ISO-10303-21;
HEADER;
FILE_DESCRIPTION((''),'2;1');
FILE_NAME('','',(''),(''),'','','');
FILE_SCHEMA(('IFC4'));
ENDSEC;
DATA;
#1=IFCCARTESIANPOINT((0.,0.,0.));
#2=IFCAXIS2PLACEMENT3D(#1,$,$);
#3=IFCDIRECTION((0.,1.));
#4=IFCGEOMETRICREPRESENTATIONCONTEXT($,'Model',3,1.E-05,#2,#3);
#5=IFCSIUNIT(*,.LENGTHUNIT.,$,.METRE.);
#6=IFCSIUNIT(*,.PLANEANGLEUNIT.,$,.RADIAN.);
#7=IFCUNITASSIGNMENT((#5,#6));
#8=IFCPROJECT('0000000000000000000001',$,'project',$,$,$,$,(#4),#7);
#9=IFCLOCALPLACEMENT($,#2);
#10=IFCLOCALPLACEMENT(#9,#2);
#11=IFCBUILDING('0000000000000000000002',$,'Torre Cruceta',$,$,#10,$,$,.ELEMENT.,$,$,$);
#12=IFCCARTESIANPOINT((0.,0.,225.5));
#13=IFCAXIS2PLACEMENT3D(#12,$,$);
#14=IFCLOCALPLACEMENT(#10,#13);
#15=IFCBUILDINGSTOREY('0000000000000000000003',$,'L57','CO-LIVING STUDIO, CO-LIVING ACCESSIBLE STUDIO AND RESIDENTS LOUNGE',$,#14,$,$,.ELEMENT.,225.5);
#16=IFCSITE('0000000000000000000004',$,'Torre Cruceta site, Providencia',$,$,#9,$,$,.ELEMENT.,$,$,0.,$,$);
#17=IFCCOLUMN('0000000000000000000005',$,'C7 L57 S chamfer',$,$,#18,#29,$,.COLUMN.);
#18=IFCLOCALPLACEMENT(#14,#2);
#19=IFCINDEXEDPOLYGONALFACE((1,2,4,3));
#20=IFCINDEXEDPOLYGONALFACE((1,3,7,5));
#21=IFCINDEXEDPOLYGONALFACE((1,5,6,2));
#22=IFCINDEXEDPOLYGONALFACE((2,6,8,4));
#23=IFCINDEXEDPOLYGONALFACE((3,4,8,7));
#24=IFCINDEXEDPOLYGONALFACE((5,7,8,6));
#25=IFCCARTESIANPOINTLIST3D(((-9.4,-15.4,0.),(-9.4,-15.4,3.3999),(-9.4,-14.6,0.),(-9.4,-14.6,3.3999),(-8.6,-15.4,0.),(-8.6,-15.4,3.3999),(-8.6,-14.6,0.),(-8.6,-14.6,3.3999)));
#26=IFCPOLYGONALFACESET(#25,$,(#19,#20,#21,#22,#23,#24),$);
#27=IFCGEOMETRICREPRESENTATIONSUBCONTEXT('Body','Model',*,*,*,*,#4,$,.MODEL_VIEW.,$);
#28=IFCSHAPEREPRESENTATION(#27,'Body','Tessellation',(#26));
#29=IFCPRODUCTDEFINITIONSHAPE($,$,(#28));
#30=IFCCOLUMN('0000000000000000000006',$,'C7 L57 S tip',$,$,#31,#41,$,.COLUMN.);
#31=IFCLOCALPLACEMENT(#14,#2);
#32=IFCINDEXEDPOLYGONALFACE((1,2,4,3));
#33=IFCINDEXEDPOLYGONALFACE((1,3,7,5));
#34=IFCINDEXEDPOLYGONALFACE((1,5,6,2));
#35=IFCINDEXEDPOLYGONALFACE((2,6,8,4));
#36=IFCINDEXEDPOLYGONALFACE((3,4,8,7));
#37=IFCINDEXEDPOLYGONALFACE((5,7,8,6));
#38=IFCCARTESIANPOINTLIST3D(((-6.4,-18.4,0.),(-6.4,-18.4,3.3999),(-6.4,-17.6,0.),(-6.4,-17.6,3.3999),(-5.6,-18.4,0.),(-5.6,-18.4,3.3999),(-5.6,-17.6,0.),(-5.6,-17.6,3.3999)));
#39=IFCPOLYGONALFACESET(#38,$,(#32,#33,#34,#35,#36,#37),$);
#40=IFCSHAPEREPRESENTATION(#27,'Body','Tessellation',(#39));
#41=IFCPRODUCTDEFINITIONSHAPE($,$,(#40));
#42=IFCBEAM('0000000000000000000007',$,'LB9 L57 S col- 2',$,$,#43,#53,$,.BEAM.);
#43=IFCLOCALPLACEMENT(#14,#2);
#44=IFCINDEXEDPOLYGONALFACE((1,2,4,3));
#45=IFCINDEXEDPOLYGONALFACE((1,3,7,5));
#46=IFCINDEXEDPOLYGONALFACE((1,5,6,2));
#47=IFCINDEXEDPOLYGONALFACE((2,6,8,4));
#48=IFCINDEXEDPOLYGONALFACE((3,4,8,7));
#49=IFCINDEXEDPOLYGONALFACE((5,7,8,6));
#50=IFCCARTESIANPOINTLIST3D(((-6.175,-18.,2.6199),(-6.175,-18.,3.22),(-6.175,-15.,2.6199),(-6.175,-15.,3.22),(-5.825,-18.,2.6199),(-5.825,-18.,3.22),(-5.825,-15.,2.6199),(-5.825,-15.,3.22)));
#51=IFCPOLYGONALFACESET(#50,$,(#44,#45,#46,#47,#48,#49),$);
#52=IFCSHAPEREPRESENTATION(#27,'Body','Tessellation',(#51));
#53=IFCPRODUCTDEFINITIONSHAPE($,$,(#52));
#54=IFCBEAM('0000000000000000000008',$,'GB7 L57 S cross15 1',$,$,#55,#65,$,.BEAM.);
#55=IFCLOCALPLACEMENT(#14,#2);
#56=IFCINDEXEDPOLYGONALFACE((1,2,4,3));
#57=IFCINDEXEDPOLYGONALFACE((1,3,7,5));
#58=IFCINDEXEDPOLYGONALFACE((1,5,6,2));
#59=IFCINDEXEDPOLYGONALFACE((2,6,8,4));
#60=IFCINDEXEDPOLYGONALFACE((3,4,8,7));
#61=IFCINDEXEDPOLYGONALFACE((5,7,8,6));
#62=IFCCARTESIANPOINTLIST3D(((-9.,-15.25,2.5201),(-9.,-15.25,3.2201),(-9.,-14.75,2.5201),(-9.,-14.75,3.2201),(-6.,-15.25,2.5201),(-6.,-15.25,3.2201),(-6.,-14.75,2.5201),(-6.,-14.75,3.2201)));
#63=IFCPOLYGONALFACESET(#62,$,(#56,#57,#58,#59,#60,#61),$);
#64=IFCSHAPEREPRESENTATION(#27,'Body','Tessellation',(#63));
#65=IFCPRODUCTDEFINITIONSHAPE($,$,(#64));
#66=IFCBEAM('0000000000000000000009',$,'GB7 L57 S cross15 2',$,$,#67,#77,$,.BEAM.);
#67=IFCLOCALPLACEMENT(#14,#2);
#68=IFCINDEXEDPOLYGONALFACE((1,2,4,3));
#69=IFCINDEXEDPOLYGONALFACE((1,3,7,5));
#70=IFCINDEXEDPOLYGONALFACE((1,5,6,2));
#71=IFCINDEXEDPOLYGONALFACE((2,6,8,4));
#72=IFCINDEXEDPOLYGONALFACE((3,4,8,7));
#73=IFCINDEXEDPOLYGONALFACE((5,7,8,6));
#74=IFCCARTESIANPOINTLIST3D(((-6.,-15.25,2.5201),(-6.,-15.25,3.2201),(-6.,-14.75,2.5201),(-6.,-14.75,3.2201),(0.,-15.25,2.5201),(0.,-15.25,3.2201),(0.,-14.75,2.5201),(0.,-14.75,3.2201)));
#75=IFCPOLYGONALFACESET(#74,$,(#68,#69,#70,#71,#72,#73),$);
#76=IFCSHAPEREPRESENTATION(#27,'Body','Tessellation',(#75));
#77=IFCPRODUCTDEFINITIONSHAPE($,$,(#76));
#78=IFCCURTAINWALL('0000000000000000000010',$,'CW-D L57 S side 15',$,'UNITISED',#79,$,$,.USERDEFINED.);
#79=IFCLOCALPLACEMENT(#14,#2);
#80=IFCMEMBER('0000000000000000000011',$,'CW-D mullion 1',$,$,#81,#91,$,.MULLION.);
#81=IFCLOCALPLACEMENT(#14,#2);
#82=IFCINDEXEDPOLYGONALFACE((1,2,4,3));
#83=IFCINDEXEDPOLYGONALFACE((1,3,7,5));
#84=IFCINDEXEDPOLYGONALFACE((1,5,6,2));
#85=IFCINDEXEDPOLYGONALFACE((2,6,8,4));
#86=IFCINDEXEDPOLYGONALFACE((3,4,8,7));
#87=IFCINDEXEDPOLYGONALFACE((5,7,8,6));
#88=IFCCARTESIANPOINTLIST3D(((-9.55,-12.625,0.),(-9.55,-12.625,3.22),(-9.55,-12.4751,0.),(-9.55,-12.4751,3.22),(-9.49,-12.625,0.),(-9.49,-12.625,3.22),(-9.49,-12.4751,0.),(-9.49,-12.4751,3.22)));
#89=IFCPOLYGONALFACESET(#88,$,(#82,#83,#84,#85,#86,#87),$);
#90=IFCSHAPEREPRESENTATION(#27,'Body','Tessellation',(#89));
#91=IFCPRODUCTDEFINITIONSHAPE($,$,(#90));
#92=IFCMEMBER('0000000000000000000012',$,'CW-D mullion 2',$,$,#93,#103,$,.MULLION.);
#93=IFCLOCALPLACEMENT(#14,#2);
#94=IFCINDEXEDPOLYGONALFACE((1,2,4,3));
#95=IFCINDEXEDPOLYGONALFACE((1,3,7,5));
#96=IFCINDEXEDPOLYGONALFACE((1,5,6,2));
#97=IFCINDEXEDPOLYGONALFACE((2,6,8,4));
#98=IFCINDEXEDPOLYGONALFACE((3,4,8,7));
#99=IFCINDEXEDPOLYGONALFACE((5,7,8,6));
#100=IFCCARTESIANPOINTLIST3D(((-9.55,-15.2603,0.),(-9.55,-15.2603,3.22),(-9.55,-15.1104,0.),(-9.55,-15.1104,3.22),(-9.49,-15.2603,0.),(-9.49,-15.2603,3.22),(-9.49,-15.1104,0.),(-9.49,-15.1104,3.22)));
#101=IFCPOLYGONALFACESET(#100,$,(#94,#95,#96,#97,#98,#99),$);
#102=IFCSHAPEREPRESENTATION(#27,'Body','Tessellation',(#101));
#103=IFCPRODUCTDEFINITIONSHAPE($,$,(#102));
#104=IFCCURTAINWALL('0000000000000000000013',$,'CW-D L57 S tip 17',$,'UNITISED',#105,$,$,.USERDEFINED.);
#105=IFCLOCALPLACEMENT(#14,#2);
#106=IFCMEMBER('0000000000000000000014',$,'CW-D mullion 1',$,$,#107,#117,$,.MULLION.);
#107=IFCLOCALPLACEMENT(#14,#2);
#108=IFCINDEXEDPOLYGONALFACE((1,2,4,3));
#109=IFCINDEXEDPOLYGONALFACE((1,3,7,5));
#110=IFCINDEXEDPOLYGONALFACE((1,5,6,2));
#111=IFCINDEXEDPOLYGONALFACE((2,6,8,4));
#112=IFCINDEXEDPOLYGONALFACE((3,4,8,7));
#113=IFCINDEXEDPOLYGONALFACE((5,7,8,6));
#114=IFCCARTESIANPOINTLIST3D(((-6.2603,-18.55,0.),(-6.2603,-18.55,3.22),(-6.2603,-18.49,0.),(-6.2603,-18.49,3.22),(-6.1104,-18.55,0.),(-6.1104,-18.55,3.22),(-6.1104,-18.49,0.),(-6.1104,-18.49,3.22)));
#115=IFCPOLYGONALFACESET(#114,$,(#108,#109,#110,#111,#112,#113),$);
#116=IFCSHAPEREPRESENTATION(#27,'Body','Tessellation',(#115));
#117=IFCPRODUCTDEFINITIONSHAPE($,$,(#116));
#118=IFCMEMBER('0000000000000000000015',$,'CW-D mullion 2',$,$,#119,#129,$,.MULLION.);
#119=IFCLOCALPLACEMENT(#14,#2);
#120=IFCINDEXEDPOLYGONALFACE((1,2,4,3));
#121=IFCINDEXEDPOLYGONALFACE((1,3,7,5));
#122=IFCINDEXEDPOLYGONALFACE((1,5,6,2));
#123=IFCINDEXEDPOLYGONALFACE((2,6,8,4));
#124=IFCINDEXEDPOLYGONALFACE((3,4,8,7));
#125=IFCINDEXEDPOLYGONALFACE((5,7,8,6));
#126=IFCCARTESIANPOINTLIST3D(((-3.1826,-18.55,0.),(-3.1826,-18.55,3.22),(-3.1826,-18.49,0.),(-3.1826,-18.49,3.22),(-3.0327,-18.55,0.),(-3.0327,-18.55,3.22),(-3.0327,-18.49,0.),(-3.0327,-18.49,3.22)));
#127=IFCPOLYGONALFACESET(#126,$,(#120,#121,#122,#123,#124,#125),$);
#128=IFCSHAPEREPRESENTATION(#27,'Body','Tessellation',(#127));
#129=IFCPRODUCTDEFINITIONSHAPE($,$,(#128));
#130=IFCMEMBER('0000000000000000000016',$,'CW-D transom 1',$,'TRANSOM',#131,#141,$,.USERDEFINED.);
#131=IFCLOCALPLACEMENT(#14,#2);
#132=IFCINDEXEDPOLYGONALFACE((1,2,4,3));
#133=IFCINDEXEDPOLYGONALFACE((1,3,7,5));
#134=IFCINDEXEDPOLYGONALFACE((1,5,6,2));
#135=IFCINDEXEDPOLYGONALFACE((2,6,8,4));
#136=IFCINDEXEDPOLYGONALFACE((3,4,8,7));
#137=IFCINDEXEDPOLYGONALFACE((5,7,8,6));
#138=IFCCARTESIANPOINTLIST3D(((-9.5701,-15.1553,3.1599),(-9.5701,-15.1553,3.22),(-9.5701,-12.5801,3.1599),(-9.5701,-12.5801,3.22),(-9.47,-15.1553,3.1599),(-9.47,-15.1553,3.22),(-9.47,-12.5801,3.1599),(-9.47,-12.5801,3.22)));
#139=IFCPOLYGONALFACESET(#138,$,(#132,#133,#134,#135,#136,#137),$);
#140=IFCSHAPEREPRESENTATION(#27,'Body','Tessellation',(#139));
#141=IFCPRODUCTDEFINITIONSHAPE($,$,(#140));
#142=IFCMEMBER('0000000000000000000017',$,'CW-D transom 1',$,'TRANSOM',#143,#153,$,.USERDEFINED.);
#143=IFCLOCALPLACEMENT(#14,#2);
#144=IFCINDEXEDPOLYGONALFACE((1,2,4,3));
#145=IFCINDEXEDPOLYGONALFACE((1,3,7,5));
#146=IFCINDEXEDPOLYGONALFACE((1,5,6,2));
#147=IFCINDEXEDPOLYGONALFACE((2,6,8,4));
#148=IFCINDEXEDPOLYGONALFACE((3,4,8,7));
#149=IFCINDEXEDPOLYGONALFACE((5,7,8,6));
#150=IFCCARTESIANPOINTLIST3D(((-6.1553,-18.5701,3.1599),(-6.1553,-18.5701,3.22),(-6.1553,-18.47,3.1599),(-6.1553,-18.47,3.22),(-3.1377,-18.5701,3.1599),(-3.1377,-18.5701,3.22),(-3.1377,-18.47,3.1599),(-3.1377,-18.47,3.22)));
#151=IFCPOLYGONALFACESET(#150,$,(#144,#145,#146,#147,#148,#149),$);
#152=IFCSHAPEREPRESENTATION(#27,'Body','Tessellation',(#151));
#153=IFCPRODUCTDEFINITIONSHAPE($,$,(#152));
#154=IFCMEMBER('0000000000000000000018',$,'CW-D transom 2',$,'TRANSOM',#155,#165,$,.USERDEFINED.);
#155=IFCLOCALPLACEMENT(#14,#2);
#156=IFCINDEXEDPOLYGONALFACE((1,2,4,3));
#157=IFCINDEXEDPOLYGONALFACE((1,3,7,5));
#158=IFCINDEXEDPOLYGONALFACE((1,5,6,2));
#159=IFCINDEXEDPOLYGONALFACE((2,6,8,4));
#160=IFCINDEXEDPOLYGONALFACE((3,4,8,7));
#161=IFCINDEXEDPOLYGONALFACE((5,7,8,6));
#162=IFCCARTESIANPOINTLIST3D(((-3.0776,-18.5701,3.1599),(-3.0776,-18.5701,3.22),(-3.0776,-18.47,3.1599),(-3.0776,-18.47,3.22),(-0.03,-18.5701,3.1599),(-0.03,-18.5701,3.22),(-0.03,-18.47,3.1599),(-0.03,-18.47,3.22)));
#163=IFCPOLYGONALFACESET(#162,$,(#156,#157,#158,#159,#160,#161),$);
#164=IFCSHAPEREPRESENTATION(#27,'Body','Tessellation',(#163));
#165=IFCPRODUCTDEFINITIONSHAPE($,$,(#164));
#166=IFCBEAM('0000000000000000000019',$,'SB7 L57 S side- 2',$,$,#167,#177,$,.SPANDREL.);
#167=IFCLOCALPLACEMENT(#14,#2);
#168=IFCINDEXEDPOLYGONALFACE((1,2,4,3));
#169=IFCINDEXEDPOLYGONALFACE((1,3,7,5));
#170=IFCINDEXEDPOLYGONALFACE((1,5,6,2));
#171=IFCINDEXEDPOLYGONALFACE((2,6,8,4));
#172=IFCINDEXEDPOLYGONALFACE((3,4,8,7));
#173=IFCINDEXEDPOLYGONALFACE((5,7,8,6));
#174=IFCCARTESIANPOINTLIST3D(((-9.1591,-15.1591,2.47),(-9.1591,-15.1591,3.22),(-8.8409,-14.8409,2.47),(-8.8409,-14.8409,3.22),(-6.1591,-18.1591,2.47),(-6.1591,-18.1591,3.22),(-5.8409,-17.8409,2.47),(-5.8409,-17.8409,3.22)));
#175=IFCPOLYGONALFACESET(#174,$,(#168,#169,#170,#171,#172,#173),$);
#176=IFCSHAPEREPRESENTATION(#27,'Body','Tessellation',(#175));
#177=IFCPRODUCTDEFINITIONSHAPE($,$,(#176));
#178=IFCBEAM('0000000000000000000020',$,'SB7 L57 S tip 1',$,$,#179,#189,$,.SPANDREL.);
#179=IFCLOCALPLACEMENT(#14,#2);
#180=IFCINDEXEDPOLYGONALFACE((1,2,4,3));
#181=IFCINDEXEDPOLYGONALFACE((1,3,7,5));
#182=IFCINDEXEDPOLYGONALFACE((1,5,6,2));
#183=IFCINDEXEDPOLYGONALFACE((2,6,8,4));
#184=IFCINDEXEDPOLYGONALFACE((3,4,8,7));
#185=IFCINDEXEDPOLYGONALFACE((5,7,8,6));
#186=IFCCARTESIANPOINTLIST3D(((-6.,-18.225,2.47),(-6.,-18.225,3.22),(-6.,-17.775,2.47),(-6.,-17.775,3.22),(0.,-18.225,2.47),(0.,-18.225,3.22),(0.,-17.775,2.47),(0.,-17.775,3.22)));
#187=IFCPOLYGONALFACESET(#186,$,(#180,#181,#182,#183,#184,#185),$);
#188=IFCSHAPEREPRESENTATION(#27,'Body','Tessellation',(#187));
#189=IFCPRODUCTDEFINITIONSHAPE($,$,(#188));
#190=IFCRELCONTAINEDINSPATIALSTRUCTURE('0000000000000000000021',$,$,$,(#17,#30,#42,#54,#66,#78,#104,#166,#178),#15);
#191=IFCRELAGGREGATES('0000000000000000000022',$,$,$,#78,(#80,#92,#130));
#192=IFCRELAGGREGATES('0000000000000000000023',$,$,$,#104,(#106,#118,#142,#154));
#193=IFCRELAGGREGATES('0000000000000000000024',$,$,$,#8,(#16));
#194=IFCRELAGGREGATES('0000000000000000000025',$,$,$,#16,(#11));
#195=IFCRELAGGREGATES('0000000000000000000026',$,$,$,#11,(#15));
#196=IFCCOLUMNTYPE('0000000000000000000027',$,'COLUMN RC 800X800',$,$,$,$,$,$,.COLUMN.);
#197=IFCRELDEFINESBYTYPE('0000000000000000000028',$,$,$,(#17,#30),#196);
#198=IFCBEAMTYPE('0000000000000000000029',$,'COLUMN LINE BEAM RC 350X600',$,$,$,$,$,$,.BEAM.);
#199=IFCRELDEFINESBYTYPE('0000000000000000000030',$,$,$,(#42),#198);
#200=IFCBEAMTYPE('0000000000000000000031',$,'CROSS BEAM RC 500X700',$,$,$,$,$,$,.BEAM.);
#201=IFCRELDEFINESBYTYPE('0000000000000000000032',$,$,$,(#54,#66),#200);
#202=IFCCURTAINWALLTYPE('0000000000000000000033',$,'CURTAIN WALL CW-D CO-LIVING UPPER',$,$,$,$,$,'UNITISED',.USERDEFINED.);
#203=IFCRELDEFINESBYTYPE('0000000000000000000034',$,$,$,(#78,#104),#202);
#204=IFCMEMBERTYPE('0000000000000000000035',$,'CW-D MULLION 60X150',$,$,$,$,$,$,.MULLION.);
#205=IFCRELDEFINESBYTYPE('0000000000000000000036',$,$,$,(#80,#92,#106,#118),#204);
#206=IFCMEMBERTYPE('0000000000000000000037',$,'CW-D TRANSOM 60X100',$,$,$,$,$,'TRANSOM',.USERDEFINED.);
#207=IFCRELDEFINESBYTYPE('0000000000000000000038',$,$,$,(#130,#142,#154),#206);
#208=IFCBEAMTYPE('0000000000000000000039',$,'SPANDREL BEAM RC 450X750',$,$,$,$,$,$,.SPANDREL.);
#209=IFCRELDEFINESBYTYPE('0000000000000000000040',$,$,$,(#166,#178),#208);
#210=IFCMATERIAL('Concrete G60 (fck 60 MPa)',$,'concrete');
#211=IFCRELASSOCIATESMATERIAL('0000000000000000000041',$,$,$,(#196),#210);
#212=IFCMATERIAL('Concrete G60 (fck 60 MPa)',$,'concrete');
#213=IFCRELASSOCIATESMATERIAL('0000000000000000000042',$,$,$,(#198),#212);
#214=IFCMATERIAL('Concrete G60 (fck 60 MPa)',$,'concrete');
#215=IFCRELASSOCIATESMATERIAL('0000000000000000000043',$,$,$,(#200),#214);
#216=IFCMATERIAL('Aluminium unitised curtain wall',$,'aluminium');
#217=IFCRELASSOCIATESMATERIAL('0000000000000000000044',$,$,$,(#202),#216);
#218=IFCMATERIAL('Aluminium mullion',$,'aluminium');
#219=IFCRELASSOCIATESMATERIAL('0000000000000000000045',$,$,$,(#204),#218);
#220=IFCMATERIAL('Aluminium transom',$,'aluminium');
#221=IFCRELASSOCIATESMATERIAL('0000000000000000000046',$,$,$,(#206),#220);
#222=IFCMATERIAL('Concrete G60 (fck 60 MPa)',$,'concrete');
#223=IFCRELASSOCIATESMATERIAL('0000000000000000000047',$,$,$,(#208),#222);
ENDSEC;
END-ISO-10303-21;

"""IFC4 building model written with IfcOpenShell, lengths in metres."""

from ifc_helpers import new_model, si_unit, direction, frame, origin, origin_2d, place, context, subcontext, project, spatial, rectangle, extrude, material, material_profile, profile_set, type_object, element, aggregate, save


model = new_model("IFC4")

# Units and contexts
model_context = context("Model", 3, precision=1e-05, world=origin(), true_north=direction((0.0, 1.0)))
body_context = subcontext(model_context, "Body", "Model", "MODEL_VIEW")
ifc_project = project(units=[si_unit("LENGTHUNIT", "METRE"), si_unit("PLANEANGLEUNIT", "RADIAN")], contexts=[model_context])

# Site, building, storey
site_placement = place(None, origin())
site = spatial("IfcSite", under=ifc_project, at=site_placement, Name="Torre Cruceta site, Providencia", CompositionType="ELEMENT", RefElevation=0.0)
building_placement = place(site_placement, origin())
building = spatial("IfcBuilding", under=site, at=building_placement, Name="Torre Cruceta", CompositionType="ELEMENT")
storey_placement = place(building_placement, frame((0.0, 0.0, 225.5)))
storey = spatial("IfcBuildingStorey", under=building, at=storey_placement, Name="L57", Description="CO-LIVING STUDIO, CO-LIVING ACCESSIBLE STUDIO AND RESIDENTS LOUNGE", CompositionType="ELEMENT", Elevation=225.5)

# Columns
ifc_material_1 = material(Name="Concrete G60 (fck 60 MPa)", Category="concrete")
ifc_material_profile_1 = material_profile(ifc_material_1, rectangle(XDim=0.8, YDim=0.8, at=origin_2d()), Name="RC 800X800")
ifc_profile_set_1 = profile_set([ifc_material_profile_1], Name="Concrete G60 (fck 60 MPa)")
column_type = type_object("IfcColumnType", Name="COLUMN RC 800X800", PredefinedType="COLUMN", material=ifc_profile_set_1)
for number, where, z_axis, x_axis, name in (
    (1, (-9.0, -15.0, 0.0), (0.0, 0.0, 1.0), (1.0, 0.0, 0.0), "C7 L57 S chamfer"),
    (2, (-6.0, -18.0, 0.0), (0.0, 0.0, 1.0), (1.0, 0.0, 0.0), "C7 L57 S tip"),
):
    element("IfcColumn", number, at=place(storey_placement, frame(where, z_axis=z_axis, x_axis=x_axis)), inside=storey, type_object=column_type, Name=name, PredefinedType="COLUMN", context=body_context, shape_type="SweptSolid", body=[
        extrude(rectangle(XDim=0.8, YDim=0.8, at=origin_2d()), origin(), (0.0, 0.0, 1.0), 3.3999),
    ])

# Beams
ifc_material_2 = material(Name="Concrete G60 (fck 60 MPa)", Category="concrete")
ifc_material_profile_2 = material_profile(ifc_material_2, rectangle(XDim=0.3501, YDim=0.6001, at=origin_2d()), Name="RC 350X600")
ifc_profile_set_2 = profile_set([ifc_material_profile_2], Name="Concrete G60 (fck 60 MPa)")
beam_type_1 = type_object("IfcBeamType", Name="COLUMN LINE BEAM RC 350X600", PredefinedType="BEAM", material=ifc_profile_set_2)
beam_1_placement = place(storey_placement, frame((-6.0, -15.0, 2.9199), z_axis=(0.0, -1.0, 0.0), x_axis=(1.0, 0.0, 0.0)))
element("IfcBeam", 3, at=beam_1_placement, inside=storey, type_object=beam_type_1, Name="LB9 L57 S col- 2", PredefinedType="BEAM", context=body_context, shape_type="SweptSolid", body=[
    extrude(rectangle(XDim=0.3501, YDim=0.6001, at=origin_2d()), origin(), (0.0, 0.0, 1.0), 3.0),
])
ifc_material_3 = material(Name="Concrete G60 (fck 60 MPa)", Category="concrete")
ifc_material_profile_3 = material_profile(ifc_material_3, rectangle(XDim=0.5, YDim=0.7, at=origin_2d()), Name="RC 500X700")
ifc_profile_set_3 = profile_set([ifc_material_profile_3], Name="Concrete G60 (fck 60 MPa)")
beam_type_2 = type_object("IfcBeamType", Name="CROSS BEAM RC 500X700", PredefinedType="BEAM", material=ifc_profile_set_3)
beam_2_placement = place(storey_placement, frame((-9.0, -15.0, 2.8701), z_axis=(1.0, 0.0, 0.0), x_axis=(0.0, 1.0, 0.0)))
element("IfcBeam", 4, at=beam_2_placement, inside=storey, type_object=beam_type_2, Name="GB7 L57 S cross15 1", PredefinedType="BEAM", context=body_context, shape_type="SweptSolid", body=[
    extrude(rectangle(XDim=0.5, YDim=0.7, at=origin_2d()), origin(), (0.0, 0.0, 1.0), 3.0),
])
beam_3_placement = place(storey_placement, frame((-6.0, -15.0, 2.8701), z_axis=(1.0, 0.0, 0.0), x_axis=(0.0, 1.0, 0.0)))
element("IfcBeam", 5, at=beam_3_placement, inside=storey, type_object=beam_type_2, Name="GB7 L57 S cross15 2", PredefinedType="BEAM", context=body_context, shape_type="SweptSolid", body=[
    extrude(rectangle(XDim=0.5, YDim=0.7, at=origin_2d()), origin(), (0.0, 0.0, 1.0), 6.0),
])

# Curtain walls, members
ifc_material_4 = material(Name="Aluminium unitised curtain wall", Category="aluminium")
curtain_wall_type = type_object("IfcCurtainWallType", Name="CURTAIN WALL CW-D CO-LIVING UPPER", ElementType="UNITISED", PredefinedType="USERDEFINED", material=ifc_material_4)
curtain_wall_1_placement = place(storey_placement, origin())
curtain_wall_1 = element("IfcCurtainWall", 6, at=curtain_wall_1_placement, inside=storey, type_object=curtain_wall_type, Name="CW-D L57 S side 15", ObjectType="UNITISED", PredefinedType="USERDEFINED")
ifc_material_5 = material(Name="Aluminium mullion", Category="aluminium")
ifc_material_profile_4 = material_profile(ifc_material_5, rectangle(XDim=0.0601, YDim=0.1499, at=origin_2d()), Name="AL 60X150")
ifc_profile_set_4 = profile_set([ifc_material_profile_4], Name="Aluminium mullion")
member_type_1 = type_object("IfcMemberType", Name="CW-D MULLION 60X150", PredefinedType="MULLION", material=ifc_profile_set_4)
member_1_placement = place(storey_placement, frame((-9.52, -12.55, 0.0), z_axis=(0.0, 0.0, 1.0), x_axis=(1.0, 0.0, 0.0)))
member_1 = element("IfcMember", 7, at=member_1_placement, type_object=member_type_1, Name="CW-D mullion 1", PredefinedType="MULLION", context=body_context, shape_type="SweptSolid", body=[
    extrude(rectangle(XDim=0.0601, YDim=0.1499, at=origin_2d()), origin(), (0.0, 0.0, 1.0), 3.22),
])
member_2_placement = place(storey_placement, frame((-9.52, -15.1853, 0.0), z_axis=(0.0, 0.0, 1.0), x_axis=(1.0, 0.0, 0.0)))
member_2 = element("IfcMember", 8, at=member_2_placement, type_object=member_type_1, Name="CW-D mullion 2", PredefinedType="MULLION", context=body_context, shape_type="SweptSolid", body=[
    extrude(rectangle(XDim=0.0601, YDim=0.1499, at=origin_2d()), origin(), (0.0, 0.0, 1.0), 3.22),
])
curtain_wall_2_placement = place(storey_placement, origin())
curtain_wall_2 = element("IfcCurtainWall", 9, at=curtain_wall_2_placement, inside=storey, type_object=curtain_wall_type, Name="CW-D L57 S tip 17", ObjectType="UNITISED", PredefinedType="USERDEFINED")
member_3_placement = place(storey_placement, frame((-6.1853, -18.52, 0.0), z_axis=(0.0, 0.0, 1.0), x_axis=(0.0, 1.0, 0.0)))
member_3 = element("IfcMember", 10, at=member_3_placement, type_object=member_type_1, Name="CW-D mullion 1", PredefinedType="MULLION", context=body_context, shape_type="SweptSolid", body=[
    extrude(rectangle(XDim=0.0601, YDim=0.1499, at=origin_2d()), origin(), (0.0, 0.0, 1.0), 3.22),
])
member_4_placement = place(storey_placement, frame((-3.1077, -18.52, 0.0), z_axis=(0.0, 0.0, 1.0), x_axis=(0.0, 1.0, 0.0)))
member_4 = element("IfcMember", 11, at=member_4_placement, type_object=member_type_1, Name="CW-D mullion 2", PredefinedType="MULLION", context=body_context, shape_type="SweptSolid", body=[
    extrude(rectangle(XDim=0.0601, YDim=0.1499, at=origin_2d()), origin(), (0.0, 0.0, 1.0), 3.22),
])

# Members
ifc_material_6 = material(Name="Aluminium transom", Category="aluminium")
ifc_material_profile_5 = material_profile(ifc_material_6, rectangle(XDim=0.1001, YDim=0.0601, at=origin_2d()), Name="AL 100X60")
ifc_profile_set_5 = profile_set([ifc_material_profile_5], Name="Aluminium transom")
member_type_2 = type_object("IfcMemberType", Name="CW-D TRANSOM 60X100", ElementType="TRANSOM", PredefinedType="USERDEFINED", material=ifc_profile_set_5)
member_5_placement = place(storey_placement, frame((-9.52, -12.5801, 3.1899), z_axis=(0.0, -1.0, 0.0), x_axis=(1.0, 0.0, 0.0)))
member_5 = element("IfcMember", 12, at=member_5_placement, type_object=member_type_2, Name="CW-D transom 1", ObjectType="TRANSOM", PredefinedType="USERDEFINED", context=body_context, shape_type="SweptSolid", body=[
    extrude(rectangle(XDim=0.1001, YDim=0.0601, at=origin_2d()), origin(), (0.0, 0.0, 1.0), 2.5752),
])
member_6_placement = place(storey_placement, frame((-6.1553, -18.52, 3.1899), z_axis=(1.0, 0.0, 0.0), x_axis=(0.0, 1.0, 0.0)))
member_6 = element("IfcMember", 13, at=member_6_placement, type_object=member_type_2, Name="CW-D transom 1", ObjectType="TRANSOM", PredefinedType="USERDEFINED", context=body_context, shape_type="SweptSolid", body=[
    extrude(rectangle(XDim=0.1001, YDim=0.0601, at=origin_2d()), origin(), (0.0, 0.0, 1.0), 3.0176),
])
member_7_placement = place(storey_placement, frame((-3.0776, -18.52, 3.1899), z_axis=(1.0, 0.0, 0.0), x_axis=(0.0, 1.0, 0.0)))
member_7 = element("IfcMember", 14, at=member_7_placement, type_object=member_type_2, Name="CW-D transom 2", ObjectType="TRANSOM", PredefinedType="USERDEFINED", context=body_context, shape_type="SweptSolid", body=[
    extrude(rectangle(XDim=0.1001, YDim=0.0601, at=origin_2d()), origin(), (0.0, 0.0, 1.0), 3.0476),
])

# Beams
ifc_material_7 = material(Name="Concrete G60 (fck 60 MPa)", Category="concrete")
ifc_material_profile_6 = material_profile(ifc_material_7, rectangle(XDim=0.45, YDim=0.75, at=origin_2d()), Name="RC 450X750")
ifc_profile_set_6 = profile_set([ifc_material_profile_6], Name="Concrete G60 (fck 60 MPa)")
beam_type_3 = type_object("IfcBeamType", Name="SPANDREL BEAM RC 450X750", PredefinedType="SPANDREL", material=ifc_profile_set_6)
beam_4_placement = place(storey_placement, frame((-9.0, -15.0, 2.845), z_axis=(0.707107, -0.707107, 0.0), x_axis=(0.707107, 0.707107, 0.0)))
element("IfcBeam", 15, at=beam_4_placement, inside=storey, type_object=beam_type_3, Name="SB7 L57 S side- 2", PredefinedType="SPANDREL", context=body_context, shape_type="SweptSolid", body=[
    extrude(rectangle(XDim=0.45, YDim=0.75, at=origin_2d()), origin(), (0.0, 0.0, 1.0), 4.2427),
])
beam_5_placement = place(storey_placement, frame((-6.0, -18.0, 2.845), z_axis=(1.0, 0.0, 0.0), x_axis=(0.0, 1.0, 0.0)))
element("IfcBeam", 16, at=beam_5_placement, inside=storey, type_object=beam_type_3, Name="SB7 L57 S tip 1", PredefinedType="SPANDREL", context=body_context, shape_type="SweptSolid", body=[
    extrude(rectangle(XDim=0.45, YDim=0.75, at=origin_2d()), origin(), (0.0, 0.0, 1.0), 6.0),
])

aggregate(curtain_wall_1, [member_1, member_2, member_5])
aggregate(curtain_wall_2, [member_3, member_4, member_6, member_7])

save(model, "model.ifc")
